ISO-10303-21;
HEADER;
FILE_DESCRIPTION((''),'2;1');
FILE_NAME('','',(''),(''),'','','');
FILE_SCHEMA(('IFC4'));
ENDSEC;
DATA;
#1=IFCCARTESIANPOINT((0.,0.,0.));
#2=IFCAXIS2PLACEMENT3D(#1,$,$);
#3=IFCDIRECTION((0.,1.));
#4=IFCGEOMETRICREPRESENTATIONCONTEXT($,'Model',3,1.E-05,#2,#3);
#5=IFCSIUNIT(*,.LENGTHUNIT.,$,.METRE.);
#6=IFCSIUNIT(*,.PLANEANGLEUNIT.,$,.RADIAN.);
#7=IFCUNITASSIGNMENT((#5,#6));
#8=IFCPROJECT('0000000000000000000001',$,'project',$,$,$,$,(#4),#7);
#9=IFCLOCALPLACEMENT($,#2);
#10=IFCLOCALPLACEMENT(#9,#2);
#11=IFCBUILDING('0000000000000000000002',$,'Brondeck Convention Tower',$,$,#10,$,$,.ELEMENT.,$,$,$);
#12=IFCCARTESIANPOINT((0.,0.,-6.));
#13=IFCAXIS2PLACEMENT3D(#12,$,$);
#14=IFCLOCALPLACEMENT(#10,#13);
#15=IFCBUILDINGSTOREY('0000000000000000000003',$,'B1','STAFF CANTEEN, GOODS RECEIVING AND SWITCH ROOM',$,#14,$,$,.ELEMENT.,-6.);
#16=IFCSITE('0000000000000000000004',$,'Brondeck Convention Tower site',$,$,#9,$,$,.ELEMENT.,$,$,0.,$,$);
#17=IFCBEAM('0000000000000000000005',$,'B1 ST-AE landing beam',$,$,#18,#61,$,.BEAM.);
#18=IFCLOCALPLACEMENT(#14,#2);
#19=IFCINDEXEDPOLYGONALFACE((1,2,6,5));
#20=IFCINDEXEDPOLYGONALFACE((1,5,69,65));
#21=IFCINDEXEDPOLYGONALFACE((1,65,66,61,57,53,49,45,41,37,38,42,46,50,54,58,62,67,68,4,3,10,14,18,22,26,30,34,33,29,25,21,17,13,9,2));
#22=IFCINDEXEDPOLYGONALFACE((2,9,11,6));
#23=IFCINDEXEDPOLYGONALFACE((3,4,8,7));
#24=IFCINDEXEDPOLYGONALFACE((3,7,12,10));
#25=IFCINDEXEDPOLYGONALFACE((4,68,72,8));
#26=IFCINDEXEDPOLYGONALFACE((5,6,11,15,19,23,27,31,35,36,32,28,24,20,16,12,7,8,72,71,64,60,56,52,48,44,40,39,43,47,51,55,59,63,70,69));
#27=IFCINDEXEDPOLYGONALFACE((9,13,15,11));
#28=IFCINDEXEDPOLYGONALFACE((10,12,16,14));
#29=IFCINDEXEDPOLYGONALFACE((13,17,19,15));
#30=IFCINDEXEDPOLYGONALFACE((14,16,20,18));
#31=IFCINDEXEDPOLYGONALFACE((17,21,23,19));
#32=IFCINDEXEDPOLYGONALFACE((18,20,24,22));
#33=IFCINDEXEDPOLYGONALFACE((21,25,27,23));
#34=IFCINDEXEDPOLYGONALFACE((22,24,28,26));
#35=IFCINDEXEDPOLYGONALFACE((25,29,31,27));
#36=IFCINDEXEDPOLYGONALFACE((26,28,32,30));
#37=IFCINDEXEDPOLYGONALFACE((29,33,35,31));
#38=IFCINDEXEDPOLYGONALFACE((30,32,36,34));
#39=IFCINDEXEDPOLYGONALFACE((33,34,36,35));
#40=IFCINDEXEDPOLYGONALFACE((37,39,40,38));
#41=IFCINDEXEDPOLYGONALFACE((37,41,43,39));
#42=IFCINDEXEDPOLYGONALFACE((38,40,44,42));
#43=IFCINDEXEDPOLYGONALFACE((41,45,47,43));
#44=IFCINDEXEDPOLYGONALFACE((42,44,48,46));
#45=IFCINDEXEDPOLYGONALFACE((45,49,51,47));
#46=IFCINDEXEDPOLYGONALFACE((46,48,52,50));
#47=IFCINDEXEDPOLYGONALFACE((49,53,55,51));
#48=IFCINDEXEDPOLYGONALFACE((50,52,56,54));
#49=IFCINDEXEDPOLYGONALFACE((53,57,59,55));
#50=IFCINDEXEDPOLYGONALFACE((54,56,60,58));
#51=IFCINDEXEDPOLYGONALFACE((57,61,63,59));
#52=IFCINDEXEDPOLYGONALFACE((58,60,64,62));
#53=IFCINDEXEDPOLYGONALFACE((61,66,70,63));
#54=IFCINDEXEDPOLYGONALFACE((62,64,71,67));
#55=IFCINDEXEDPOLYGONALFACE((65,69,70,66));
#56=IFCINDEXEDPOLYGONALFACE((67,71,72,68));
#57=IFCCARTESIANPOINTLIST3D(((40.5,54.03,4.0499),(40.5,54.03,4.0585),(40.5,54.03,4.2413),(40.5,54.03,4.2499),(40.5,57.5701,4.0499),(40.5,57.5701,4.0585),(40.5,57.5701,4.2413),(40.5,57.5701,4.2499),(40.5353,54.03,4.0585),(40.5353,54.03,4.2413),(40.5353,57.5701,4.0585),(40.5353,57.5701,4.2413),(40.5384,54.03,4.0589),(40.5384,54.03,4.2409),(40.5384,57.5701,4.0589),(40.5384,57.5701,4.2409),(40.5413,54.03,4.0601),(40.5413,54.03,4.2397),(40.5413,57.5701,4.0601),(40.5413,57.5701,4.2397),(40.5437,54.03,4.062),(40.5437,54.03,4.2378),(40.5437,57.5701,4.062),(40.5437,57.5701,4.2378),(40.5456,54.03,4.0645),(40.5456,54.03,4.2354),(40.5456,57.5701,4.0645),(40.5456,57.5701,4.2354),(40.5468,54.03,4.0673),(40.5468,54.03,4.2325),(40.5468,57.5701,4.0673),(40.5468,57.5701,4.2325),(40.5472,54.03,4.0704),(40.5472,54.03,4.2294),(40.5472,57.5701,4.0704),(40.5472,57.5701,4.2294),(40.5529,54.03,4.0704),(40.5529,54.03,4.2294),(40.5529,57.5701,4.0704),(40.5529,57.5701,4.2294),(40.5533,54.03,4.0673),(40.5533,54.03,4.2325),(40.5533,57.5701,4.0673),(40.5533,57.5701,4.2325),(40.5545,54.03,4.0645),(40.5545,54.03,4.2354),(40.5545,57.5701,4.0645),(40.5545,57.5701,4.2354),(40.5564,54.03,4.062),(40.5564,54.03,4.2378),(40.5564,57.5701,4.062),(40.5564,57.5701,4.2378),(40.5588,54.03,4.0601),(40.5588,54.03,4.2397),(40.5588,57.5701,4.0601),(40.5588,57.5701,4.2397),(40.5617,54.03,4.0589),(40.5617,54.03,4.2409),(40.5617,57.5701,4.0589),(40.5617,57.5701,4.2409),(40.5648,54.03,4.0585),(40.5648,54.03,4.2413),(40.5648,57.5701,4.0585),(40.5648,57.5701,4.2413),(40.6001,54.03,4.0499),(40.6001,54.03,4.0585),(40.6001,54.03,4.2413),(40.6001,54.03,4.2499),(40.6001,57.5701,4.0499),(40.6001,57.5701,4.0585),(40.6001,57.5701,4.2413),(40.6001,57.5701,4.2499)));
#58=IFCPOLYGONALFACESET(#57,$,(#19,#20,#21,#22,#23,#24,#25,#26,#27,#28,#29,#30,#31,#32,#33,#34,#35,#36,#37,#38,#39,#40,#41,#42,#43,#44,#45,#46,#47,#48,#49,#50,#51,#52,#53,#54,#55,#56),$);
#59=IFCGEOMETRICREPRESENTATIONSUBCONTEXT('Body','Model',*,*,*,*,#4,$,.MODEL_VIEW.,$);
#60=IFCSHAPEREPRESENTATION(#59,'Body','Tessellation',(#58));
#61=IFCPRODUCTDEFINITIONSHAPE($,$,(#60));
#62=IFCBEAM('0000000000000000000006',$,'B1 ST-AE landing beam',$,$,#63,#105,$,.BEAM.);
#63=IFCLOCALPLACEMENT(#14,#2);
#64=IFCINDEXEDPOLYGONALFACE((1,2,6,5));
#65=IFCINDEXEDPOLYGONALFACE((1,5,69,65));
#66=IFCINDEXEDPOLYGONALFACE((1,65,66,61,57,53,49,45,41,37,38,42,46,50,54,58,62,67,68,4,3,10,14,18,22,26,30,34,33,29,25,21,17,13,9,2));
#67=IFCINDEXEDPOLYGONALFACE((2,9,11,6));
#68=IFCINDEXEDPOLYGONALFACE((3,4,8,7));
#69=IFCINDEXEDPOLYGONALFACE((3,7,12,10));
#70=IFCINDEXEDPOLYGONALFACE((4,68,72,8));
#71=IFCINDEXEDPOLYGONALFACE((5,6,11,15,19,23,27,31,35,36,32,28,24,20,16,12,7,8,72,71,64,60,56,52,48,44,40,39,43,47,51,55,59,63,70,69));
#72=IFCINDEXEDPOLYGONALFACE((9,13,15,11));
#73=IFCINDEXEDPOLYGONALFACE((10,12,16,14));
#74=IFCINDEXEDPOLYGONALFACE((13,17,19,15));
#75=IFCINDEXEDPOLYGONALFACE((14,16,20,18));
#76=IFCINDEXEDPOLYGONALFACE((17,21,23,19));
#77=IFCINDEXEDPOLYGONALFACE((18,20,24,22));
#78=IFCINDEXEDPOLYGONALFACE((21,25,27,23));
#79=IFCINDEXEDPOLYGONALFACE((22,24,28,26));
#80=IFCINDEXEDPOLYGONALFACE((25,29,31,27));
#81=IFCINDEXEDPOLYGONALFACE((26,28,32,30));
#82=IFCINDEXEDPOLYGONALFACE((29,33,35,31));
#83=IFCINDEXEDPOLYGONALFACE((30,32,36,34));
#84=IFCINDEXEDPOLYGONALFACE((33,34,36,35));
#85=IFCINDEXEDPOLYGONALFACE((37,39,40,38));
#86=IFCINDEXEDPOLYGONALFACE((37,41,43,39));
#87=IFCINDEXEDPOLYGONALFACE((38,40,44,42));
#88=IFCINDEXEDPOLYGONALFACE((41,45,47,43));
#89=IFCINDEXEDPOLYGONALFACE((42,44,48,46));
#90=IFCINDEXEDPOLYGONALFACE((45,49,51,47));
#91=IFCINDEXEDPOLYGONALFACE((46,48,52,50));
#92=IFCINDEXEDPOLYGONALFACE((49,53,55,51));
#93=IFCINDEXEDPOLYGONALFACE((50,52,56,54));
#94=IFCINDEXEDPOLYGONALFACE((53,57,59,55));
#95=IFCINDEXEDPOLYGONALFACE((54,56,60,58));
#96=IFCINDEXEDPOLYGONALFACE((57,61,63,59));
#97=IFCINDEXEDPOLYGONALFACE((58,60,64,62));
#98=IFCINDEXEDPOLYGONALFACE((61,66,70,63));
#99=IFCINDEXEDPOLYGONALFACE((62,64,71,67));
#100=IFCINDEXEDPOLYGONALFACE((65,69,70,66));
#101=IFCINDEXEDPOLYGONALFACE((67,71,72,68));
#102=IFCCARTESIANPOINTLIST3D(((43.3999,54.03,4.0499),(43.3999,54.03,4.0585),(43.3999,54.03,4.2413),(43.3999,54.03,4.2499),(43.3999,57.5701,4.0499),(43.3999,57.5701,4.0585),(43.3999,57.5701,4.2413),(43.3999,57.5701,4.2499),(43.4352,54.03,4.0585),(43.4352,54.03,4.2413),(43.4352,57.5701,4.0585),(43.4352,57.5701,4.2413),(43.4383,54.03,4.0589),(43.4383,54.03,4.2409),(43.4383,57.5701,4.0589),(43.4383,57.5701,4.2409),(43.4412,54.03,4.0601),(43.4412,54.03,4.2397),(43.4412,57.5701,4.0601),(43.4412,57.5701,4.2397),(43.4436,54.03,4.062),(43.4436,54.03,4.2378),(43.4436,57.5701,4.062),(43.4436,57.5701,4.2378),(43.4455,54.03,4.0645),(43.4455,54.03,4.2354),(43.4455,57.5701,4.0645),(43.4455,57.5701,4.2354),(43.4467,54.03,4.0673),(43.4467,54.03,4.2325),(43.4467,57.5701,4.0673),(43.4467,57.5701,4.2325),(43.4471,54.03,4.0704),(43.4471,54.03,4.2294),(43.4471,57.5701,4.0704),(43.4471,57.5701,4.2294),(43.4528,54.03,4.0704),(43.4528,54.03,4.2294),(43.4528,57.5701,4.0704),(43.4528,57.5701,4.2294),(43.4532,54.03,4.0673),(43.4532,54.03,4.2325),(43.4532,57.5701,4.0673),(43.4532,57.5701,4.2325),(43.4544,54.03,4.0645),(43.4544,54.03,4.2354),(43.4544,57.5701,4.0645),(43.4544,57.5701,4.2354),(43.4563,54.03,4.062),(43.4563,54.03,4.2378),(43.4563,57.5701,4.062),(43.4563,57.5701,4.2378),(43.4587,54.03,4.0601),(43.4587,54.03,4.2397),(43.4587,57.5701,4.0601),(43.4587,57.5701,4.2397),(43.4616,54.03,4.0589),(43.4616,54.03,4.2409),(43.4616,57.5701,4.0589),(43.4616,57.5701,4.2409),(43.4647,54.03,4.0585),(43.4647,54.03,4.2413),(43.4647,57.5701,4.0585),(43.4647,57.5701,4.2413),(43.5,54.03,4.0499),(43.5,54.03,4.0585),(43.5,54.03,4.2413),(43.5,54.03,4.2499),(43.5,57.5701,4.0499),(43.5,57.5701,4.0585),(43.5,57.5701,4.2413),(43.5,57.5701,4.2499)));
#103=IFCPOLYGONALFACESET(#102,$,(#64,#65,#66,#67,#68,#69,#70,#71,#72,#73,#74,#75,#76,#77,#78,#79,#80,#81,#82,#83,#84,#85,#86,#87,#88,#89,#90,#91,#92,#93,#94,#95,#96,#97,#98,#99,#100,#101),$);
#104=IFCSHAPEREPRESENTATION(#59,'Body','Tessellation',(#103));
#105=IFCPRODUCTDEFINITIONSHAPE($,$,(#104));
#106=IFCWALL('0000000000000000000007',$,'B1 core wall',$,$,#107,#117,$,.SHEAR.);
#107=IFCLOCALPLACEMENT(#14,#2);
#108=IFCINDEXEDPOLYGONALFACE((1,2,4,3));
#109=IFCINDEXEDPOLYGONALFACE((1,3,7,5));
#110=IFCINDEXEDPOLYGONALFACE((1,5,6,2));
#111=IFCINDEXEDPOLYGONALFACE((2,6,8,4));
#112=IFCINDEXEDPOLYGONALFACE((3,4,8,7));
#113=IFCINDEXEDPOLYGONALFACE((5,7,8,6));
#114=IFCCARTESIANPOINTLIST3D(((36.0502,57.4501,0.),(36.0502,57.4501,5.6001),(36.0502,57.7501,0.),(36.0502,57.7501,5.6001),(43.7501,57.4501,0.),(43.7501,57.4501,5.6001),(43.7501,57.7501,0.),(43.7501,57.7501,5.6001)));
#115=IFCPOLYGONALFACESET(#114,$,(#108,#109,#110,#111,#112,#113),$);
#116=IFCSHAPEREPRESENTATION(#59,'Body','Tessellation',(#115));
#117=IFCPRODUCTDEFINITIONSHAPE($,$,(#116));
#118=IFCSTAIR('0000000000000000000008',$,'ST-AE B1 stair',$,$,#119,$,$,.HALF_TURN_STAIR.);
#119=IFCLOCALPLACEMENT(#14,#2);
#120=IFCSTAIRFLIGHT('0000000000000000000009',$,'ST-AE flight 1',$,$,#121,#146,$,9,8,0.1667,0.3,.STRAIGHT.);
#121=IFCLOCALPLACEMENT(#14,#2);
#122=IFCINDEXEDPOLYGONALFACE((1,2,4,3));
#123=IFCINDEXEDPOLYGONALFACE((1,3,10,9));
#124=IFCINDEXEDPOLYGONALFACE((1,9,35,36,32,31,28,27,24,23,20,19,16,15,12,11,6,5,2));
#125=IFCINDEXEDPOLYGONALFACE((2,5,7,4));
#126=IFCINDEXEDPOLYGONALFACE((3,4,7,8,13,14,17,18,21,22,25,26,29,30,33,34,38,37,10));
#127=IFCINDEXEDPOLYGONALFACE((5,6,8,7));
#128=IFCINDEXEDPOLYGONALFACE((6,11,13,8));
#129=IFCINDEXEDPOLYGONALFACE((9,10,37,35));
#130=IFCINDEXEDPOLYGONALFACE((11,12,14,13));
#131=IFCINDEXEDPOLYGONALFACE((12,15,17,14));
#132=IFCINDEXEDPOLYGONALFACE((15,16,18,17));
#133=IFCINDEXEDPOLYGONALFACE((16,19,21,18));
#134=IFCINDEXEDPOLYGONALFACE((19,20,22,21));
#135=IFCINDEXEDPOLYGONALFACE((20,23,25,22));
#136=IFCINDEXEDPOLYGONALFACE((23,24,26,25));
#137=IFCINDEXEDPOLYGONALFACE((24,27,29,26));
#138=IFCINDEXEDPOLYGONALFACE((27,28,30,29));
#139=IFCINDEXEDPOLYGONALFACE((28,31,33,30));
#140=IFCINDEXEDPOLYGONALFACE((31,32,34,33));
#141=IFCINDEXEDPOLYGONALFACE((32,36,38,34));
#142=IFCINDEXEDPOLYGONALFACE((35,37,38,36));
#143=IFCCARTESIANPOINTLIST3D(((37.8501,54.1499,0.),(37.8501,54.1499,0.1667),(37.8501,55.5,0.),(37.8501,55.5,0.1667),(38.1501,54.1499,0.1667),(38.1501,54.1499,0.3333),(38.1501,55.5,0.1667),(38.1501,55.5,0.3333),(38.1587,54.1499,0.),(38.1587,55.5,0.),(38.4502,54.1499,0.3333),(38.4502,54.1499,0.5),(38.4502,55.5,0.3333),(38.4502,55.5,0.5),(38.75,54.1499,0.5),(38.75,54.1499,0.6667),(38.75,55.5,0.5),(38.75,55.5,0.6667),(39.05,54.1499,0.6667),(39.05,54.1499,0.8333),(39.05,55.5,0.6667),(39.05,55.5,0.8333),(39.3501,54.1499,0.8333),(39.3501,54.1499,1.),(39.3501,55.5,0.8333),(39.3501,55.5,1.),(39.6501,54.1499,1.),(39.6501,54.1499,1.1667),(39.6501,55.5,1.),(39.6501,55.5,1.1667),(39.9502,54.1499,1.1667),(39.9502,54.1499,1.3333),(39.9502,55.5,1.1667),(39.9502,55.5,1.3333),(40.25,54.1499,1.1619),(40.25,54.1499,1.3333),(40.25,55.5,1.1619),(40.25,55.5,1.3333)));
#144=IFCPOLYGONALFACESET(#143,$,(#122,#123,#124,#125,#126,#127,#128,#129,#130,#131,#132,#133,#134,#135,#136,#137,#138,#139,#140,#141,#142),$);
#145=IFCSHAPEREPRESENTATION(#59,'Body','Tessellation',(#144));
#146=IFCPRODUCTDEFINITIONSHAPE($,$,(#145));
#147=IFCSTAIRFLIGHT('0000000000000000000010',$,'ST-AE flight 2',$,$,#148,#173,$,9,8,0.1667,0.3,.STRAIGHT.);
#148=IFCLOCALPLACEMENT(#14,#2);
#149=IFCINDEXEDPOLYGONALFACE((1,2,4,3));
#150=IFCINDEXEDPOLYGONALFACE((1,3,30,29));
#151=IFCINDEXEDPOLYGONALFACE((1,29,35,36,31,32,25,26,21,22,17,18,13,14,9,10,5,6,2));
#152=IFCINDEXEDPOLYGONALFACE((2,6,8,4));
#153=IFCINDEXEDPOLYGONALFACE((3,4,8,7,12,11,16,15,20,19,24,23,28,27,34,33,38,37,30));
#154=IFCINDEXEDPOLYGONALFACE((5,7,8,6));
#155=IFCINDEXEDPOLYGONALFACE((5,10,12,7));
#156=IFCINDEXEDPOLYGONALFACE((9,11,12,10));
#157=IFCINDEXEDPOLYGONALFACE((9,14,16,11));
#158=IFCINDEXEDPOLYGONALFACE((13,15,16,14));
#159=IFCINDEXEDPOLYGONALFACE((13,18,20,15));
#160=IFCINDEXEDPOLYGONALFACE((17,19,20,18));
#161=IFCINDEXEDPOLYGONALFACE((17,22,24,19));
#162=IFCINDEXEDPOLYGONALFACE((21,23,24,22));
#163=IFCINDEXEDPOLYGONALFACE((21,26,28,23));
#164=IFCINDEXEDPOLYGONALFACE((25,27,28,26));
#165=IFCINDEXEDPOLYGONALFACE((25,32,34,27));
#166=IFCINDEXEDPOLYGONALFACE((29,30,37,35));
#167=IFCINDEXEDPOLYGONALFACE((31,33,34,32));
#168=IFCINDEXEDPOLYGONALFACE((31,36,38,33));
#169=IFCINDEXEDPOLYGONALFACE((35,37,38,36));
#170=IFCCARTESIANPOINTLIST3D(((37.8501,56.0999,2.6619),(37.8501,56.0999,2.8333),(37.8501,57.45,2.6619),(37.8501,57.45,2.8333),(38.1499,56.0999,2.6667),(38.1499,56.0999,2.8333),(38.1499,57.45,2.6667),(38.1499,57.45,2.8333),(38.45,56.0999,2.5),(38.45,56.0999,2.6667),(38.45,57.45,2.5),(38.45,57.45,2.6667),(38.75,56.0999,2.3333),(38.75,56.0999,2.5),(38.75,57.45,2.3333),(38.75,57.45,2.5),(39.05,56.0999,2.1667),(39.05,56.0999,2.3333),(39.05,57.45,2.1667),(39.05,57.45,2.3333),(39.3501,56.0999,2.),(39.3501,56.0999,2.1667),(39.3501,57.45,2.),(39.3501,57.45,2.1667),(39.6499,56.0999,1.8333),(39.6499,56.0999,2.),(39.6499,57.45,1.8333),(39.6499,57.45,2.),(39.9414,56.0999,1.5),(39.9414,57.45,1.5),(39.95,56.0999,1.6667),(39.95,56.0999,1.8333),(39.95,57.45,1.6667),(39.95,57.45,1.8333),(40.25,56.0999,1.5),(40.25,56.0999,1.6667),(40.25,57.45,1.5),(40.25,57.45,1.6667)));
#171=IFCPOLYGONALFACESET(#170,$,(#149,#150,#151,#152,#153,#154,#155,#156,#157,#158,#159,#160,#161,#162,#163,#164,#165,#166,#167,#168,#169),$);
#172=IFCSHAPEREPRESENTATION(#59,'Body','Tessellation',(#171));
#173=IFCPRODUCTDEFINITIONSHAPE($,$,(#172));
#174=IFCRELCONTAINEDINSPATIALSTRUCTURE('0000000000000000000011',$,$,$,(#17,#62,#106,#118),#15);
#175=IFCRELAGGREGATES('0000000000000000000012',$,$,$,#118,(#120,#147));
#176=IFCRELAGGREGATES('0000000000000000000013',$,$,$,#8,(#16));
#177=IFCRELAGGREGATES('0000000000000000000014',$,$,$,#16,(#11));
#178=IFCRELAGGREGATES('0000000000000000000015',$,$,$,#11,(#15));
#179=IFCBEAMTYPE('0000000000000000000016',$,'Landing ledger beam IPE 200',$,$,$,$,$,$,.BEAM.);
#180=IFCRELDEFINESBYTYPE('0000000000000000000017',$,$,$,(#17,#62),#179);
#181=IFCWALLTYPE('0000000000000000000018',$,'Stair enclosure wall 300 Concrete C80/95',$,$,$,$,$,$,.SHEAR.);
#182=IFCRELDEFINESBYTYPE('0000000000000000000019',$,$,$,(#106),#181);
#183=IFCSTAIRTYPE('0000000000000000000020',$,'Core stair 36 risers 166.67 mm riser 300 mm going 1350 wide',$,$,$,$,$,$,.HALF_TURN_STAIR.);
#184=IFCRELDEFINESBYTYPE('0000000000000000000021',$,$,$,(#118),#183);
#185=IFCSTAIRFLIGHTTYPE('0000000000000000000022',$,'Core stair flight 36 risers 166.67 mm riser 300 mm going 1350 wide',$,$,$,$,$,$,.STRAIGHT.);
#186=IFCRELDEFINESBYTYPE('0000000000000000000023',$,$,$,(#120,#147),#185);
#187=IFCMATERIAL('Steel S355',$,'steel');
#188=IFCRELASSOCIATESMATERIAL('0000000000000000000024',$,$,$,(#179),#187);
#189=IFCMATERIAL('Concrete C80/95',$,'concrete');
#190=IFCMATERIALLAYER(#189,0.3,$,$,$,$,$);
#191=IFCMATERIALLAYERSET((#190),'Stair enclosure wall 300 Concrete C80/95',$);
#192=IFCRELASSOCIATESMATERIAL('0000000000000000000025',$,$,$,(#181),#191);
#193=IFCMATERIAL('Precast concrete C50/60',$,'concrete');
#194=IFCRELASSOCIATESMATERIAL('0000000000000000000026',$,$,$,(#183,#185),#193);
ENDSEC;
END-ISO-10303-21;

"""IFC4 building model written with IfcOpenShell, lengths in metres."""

from ifc_helpers import new_model, si_unit, direction, frame, frame_2d, origin, origin_2d, place, context, subcontext, project, spatial, polyline, rectangle, i_section, outline, extrude, material, layer, layer_set, material_profile, profile_set, type_object, element, aggregate, save


model = new_model("IFC4")

# Units and contexts
model_context = context("Model", 3, precision=1e-05, world=origin(), true_north=direction((0.0, 1.0)))
body_context = subcontext(model_context, "Body", "Model", "MODEL_VIEW")
ifc_project = project(units=[si_unit("LENGTHUNIT", "METRE"), si_unit("PLANEANGLEUNIT", "RADIAN")], contexts=[model_context])

# Site, building, storey
site_placement = place(None, origin())
site = spatial("IfcSite", under=ifc_project, at=site_placement, Name="Brondeck Convention Tower site", CompositionType="ELEMENT", RefElevation=0.0)
building_placement = place(site_placement, origin())
building = spatial("IfcBuilding", under=site, at=building_placement, Name="Brondeck Convention Tower", CompositionType="ELEMENT")
storey_placement = place(building_placement, frame((0.0, 0.0, -6.0)))
storey = spatial("IfcBuildingStorey", under=building, at=storey_placement, Name="B1", Description="STAFF CANTEEN, GOODS RECEIVING AND SWITCH ROOM", CompositionType="ELEMENT", Elevation=-6.0)

# Beams
ifc_material_1 = material(Name="Steel S355", Category="steel")
ifc_material_profile_1 = material_profile(ifc_material_1, i_section(OverallWidth=0.1001, OverallDepth=0.2, WebThickness=0.0056, FlangeThickness=0.0085, FilletRadius=0.012, at=origin_2d()), Name="IPE200")
ifc_profile_set_1 = profile_set([ifc_material_profile_1], Name="Steel S355")
beam_type = type_object("IfcBeamType", Name="Landing ledger beam IPE 200", PredefinedType="BEAM", material=ifc_profile_set_1)
for number, where, z_axis, x_axis, name in (
    (1, (40.55, 54.03, 4.1499), (0.0, 1.0, 0.0), (-1.0, 0.0, 0.0), "B1 ST-AE landing beam"),
    (2, (43.45, 54.03, 4.1499), (0.0, 1.0, 0.0), (-1.0, 0.0, 0.0), "B1 ST-AE landing beam"),
):
    element("IfcBeam", number, at=place(storey_placement, frame(where, z_axis=z_axis, x_axis=x_axis)), inside=storey, type_object=beam_type, Name=name, PredefinedType="BEAM", context=body_context, shape_type="SweptSolid", body=[
        extrude(i_section(OverallWidth=0.1001, OverallDepth=0.2, WebThickness=0.0056, FlangeThickness=0.0085, FilletRadius=0.012, at=origin_2d()), origin(), (0.0, 0.0, 1.0), 3.54),
    ])

# Wall
ifc_material_2 = material(Name="Concrete C80/95", Category="concrete")
ifc_layer = layer(ifc_material_2, 0.3)
ifc_layer_set = layer_set([ifc_layer], Name="Stair enclosure wall 300 Concrete C80/95")
wall_type = type_object("IfcWallType", Name="Stair enclosure wall 300 Concrete C80/95", PredefinedType="SHEAR", material=ifc_layer_set)
wall_placement = place(storey_placement, frame((36.05, 57.6001, 0.0), z_axis=(0.0, 0.0, 1.0), x_axis=(1.0, 0.0, 0.0)))
element("IfcWall", 3, at=wall_placement, inside=storey, type_object=wall_type, Name="B1 core wall", PredefinedType="SHEAR", context=body_context, shape_type="SweptSolid", body=[
    extrude(rectangle(XDim=7.7, YDim=0.3, at=frame_2d((3.8501, 0.0))), origin(), (0.0, 0.0, 1.0), 5.6001),
])

# Stair, stair flights
ifc_material_3 = material(Name="Precast concrete C50/60", Category="concrete")
stair_type = type_object("IfcStairType", Name="Core stair 36 risers 166.67 mm riser 300 mm going 1350 wide", PredefinedType="HALF_TURN_STAIR", material=ifc_material_3)
stair_placement = place(storey_placement, origin())
stair = element("IfcStair", 4, at=stair_placement, inside=storey, type_object=stair_type, Name="ST-AE B1 stair", PredefinedType="HALF_TURN_STAIR")
stair_flight_type = type_object("IfcStairFlightType", Name="Core stair flight 36 risers 166.67 mm riser 300 mm going 1350 wide", PredefinedType="STRAIGHT", material=ifc_material_3)
stair_flight_1_placement = place(storey_placement, frame((37.8501, 54.825, 0.0), z_axis=(0.0, 0.0, 1.0), x_axis=(1.0, 0.0, 0.0)))
stair_flight_1 = element("IfcStairFlight", 5, at=stair_flight_1_placement, type_object=stair_flight_type, Name="ST-AE flight 1", NumberOfRisers=9, NumberOfTreads=8, PredefinedType="STRAIGHT", RiserHeight=0.1667, TreadLength=0.3, context=body_context, shape_type="SweptSolid", body=[
    extrude(outline(polyline([(0.0, 0.0), (0.0, 0.1667), (0.3, 0.1667), (0.3, 0.3333), (0.6001, 0.3333), (0.6001, 0.5), (0.8999, 0.5), (0.8999, 0.6667), (1.2, 0.6667), (1.2, 0.8333), (1.5, 0.8333), (1.5, 1.0), (1.8, 1.0), (1.8, 1.1667), (2.1001, 1.1667), (2.1001, 1.3333), (2.3999, 1.3333), (2.3999, 1.5), (2.3999, 1.1619), (0.3086, 0.0), (0.0, 0.0)])), frame((0.0, 0.675, 0.0), z_axis=(0.0, -1.0, 0.0), x_axis=(1.0, 0.0, 0.0)), (0.0, 0.0, 1.0), 1.3501),
])
stair_flight_2_placement = place(storey_placement, frame((40.25, 56.7749, 1.5), z_axis=(0.0, 0.0, 1.0), x_axis=(-1.0, 0.0, 0.0)))
stair_flight_2 = element("IfcStairFlight", 6, at=stair_flight_2_placement, type_object=stair_flight_type, Name="ST-AE flight 2", NumberOfRisers=9, NumberOfTreads=8, PredefinedType="STRAIGHT", RiserHeight=0.1667, TreadLength=0.3, context=body_context, shape_type="SweptSolid", body=[
    extrude(outline(polyline([(0.0, 0.0), (0.0, 0.1667), (0.3, 0.1667), (0.3, 0.3333), (0.6001, 0.3333), (0.6001, 0.5), (0.8999, 0.5), (0.8999, 0.6667), (1.2, 0.6667), (1.2, 0.8333), (1.5, 0.8333), (1.5, 1.0), (1.8, 1.0), (1.8, 1.1667), (2.1001, 1.1667), (2.1001, 1.3333), (2.3999, 1.3333), (2.3999, 1.5), (2.3999, 1.1619), (0.3086, 0.0), (0.0, 0.0)])), frame((0.0, 0.675, 0.0), z_axis=(0.0, -1.0, 0.0), x_axis=(1.0, 0.0, 0.0)), (0.0, 0.0, 1.0), 1.3501),
])
aggregate(stair, [stair_flight_1, stair_flight_2])

save(model, "model.ifc")
